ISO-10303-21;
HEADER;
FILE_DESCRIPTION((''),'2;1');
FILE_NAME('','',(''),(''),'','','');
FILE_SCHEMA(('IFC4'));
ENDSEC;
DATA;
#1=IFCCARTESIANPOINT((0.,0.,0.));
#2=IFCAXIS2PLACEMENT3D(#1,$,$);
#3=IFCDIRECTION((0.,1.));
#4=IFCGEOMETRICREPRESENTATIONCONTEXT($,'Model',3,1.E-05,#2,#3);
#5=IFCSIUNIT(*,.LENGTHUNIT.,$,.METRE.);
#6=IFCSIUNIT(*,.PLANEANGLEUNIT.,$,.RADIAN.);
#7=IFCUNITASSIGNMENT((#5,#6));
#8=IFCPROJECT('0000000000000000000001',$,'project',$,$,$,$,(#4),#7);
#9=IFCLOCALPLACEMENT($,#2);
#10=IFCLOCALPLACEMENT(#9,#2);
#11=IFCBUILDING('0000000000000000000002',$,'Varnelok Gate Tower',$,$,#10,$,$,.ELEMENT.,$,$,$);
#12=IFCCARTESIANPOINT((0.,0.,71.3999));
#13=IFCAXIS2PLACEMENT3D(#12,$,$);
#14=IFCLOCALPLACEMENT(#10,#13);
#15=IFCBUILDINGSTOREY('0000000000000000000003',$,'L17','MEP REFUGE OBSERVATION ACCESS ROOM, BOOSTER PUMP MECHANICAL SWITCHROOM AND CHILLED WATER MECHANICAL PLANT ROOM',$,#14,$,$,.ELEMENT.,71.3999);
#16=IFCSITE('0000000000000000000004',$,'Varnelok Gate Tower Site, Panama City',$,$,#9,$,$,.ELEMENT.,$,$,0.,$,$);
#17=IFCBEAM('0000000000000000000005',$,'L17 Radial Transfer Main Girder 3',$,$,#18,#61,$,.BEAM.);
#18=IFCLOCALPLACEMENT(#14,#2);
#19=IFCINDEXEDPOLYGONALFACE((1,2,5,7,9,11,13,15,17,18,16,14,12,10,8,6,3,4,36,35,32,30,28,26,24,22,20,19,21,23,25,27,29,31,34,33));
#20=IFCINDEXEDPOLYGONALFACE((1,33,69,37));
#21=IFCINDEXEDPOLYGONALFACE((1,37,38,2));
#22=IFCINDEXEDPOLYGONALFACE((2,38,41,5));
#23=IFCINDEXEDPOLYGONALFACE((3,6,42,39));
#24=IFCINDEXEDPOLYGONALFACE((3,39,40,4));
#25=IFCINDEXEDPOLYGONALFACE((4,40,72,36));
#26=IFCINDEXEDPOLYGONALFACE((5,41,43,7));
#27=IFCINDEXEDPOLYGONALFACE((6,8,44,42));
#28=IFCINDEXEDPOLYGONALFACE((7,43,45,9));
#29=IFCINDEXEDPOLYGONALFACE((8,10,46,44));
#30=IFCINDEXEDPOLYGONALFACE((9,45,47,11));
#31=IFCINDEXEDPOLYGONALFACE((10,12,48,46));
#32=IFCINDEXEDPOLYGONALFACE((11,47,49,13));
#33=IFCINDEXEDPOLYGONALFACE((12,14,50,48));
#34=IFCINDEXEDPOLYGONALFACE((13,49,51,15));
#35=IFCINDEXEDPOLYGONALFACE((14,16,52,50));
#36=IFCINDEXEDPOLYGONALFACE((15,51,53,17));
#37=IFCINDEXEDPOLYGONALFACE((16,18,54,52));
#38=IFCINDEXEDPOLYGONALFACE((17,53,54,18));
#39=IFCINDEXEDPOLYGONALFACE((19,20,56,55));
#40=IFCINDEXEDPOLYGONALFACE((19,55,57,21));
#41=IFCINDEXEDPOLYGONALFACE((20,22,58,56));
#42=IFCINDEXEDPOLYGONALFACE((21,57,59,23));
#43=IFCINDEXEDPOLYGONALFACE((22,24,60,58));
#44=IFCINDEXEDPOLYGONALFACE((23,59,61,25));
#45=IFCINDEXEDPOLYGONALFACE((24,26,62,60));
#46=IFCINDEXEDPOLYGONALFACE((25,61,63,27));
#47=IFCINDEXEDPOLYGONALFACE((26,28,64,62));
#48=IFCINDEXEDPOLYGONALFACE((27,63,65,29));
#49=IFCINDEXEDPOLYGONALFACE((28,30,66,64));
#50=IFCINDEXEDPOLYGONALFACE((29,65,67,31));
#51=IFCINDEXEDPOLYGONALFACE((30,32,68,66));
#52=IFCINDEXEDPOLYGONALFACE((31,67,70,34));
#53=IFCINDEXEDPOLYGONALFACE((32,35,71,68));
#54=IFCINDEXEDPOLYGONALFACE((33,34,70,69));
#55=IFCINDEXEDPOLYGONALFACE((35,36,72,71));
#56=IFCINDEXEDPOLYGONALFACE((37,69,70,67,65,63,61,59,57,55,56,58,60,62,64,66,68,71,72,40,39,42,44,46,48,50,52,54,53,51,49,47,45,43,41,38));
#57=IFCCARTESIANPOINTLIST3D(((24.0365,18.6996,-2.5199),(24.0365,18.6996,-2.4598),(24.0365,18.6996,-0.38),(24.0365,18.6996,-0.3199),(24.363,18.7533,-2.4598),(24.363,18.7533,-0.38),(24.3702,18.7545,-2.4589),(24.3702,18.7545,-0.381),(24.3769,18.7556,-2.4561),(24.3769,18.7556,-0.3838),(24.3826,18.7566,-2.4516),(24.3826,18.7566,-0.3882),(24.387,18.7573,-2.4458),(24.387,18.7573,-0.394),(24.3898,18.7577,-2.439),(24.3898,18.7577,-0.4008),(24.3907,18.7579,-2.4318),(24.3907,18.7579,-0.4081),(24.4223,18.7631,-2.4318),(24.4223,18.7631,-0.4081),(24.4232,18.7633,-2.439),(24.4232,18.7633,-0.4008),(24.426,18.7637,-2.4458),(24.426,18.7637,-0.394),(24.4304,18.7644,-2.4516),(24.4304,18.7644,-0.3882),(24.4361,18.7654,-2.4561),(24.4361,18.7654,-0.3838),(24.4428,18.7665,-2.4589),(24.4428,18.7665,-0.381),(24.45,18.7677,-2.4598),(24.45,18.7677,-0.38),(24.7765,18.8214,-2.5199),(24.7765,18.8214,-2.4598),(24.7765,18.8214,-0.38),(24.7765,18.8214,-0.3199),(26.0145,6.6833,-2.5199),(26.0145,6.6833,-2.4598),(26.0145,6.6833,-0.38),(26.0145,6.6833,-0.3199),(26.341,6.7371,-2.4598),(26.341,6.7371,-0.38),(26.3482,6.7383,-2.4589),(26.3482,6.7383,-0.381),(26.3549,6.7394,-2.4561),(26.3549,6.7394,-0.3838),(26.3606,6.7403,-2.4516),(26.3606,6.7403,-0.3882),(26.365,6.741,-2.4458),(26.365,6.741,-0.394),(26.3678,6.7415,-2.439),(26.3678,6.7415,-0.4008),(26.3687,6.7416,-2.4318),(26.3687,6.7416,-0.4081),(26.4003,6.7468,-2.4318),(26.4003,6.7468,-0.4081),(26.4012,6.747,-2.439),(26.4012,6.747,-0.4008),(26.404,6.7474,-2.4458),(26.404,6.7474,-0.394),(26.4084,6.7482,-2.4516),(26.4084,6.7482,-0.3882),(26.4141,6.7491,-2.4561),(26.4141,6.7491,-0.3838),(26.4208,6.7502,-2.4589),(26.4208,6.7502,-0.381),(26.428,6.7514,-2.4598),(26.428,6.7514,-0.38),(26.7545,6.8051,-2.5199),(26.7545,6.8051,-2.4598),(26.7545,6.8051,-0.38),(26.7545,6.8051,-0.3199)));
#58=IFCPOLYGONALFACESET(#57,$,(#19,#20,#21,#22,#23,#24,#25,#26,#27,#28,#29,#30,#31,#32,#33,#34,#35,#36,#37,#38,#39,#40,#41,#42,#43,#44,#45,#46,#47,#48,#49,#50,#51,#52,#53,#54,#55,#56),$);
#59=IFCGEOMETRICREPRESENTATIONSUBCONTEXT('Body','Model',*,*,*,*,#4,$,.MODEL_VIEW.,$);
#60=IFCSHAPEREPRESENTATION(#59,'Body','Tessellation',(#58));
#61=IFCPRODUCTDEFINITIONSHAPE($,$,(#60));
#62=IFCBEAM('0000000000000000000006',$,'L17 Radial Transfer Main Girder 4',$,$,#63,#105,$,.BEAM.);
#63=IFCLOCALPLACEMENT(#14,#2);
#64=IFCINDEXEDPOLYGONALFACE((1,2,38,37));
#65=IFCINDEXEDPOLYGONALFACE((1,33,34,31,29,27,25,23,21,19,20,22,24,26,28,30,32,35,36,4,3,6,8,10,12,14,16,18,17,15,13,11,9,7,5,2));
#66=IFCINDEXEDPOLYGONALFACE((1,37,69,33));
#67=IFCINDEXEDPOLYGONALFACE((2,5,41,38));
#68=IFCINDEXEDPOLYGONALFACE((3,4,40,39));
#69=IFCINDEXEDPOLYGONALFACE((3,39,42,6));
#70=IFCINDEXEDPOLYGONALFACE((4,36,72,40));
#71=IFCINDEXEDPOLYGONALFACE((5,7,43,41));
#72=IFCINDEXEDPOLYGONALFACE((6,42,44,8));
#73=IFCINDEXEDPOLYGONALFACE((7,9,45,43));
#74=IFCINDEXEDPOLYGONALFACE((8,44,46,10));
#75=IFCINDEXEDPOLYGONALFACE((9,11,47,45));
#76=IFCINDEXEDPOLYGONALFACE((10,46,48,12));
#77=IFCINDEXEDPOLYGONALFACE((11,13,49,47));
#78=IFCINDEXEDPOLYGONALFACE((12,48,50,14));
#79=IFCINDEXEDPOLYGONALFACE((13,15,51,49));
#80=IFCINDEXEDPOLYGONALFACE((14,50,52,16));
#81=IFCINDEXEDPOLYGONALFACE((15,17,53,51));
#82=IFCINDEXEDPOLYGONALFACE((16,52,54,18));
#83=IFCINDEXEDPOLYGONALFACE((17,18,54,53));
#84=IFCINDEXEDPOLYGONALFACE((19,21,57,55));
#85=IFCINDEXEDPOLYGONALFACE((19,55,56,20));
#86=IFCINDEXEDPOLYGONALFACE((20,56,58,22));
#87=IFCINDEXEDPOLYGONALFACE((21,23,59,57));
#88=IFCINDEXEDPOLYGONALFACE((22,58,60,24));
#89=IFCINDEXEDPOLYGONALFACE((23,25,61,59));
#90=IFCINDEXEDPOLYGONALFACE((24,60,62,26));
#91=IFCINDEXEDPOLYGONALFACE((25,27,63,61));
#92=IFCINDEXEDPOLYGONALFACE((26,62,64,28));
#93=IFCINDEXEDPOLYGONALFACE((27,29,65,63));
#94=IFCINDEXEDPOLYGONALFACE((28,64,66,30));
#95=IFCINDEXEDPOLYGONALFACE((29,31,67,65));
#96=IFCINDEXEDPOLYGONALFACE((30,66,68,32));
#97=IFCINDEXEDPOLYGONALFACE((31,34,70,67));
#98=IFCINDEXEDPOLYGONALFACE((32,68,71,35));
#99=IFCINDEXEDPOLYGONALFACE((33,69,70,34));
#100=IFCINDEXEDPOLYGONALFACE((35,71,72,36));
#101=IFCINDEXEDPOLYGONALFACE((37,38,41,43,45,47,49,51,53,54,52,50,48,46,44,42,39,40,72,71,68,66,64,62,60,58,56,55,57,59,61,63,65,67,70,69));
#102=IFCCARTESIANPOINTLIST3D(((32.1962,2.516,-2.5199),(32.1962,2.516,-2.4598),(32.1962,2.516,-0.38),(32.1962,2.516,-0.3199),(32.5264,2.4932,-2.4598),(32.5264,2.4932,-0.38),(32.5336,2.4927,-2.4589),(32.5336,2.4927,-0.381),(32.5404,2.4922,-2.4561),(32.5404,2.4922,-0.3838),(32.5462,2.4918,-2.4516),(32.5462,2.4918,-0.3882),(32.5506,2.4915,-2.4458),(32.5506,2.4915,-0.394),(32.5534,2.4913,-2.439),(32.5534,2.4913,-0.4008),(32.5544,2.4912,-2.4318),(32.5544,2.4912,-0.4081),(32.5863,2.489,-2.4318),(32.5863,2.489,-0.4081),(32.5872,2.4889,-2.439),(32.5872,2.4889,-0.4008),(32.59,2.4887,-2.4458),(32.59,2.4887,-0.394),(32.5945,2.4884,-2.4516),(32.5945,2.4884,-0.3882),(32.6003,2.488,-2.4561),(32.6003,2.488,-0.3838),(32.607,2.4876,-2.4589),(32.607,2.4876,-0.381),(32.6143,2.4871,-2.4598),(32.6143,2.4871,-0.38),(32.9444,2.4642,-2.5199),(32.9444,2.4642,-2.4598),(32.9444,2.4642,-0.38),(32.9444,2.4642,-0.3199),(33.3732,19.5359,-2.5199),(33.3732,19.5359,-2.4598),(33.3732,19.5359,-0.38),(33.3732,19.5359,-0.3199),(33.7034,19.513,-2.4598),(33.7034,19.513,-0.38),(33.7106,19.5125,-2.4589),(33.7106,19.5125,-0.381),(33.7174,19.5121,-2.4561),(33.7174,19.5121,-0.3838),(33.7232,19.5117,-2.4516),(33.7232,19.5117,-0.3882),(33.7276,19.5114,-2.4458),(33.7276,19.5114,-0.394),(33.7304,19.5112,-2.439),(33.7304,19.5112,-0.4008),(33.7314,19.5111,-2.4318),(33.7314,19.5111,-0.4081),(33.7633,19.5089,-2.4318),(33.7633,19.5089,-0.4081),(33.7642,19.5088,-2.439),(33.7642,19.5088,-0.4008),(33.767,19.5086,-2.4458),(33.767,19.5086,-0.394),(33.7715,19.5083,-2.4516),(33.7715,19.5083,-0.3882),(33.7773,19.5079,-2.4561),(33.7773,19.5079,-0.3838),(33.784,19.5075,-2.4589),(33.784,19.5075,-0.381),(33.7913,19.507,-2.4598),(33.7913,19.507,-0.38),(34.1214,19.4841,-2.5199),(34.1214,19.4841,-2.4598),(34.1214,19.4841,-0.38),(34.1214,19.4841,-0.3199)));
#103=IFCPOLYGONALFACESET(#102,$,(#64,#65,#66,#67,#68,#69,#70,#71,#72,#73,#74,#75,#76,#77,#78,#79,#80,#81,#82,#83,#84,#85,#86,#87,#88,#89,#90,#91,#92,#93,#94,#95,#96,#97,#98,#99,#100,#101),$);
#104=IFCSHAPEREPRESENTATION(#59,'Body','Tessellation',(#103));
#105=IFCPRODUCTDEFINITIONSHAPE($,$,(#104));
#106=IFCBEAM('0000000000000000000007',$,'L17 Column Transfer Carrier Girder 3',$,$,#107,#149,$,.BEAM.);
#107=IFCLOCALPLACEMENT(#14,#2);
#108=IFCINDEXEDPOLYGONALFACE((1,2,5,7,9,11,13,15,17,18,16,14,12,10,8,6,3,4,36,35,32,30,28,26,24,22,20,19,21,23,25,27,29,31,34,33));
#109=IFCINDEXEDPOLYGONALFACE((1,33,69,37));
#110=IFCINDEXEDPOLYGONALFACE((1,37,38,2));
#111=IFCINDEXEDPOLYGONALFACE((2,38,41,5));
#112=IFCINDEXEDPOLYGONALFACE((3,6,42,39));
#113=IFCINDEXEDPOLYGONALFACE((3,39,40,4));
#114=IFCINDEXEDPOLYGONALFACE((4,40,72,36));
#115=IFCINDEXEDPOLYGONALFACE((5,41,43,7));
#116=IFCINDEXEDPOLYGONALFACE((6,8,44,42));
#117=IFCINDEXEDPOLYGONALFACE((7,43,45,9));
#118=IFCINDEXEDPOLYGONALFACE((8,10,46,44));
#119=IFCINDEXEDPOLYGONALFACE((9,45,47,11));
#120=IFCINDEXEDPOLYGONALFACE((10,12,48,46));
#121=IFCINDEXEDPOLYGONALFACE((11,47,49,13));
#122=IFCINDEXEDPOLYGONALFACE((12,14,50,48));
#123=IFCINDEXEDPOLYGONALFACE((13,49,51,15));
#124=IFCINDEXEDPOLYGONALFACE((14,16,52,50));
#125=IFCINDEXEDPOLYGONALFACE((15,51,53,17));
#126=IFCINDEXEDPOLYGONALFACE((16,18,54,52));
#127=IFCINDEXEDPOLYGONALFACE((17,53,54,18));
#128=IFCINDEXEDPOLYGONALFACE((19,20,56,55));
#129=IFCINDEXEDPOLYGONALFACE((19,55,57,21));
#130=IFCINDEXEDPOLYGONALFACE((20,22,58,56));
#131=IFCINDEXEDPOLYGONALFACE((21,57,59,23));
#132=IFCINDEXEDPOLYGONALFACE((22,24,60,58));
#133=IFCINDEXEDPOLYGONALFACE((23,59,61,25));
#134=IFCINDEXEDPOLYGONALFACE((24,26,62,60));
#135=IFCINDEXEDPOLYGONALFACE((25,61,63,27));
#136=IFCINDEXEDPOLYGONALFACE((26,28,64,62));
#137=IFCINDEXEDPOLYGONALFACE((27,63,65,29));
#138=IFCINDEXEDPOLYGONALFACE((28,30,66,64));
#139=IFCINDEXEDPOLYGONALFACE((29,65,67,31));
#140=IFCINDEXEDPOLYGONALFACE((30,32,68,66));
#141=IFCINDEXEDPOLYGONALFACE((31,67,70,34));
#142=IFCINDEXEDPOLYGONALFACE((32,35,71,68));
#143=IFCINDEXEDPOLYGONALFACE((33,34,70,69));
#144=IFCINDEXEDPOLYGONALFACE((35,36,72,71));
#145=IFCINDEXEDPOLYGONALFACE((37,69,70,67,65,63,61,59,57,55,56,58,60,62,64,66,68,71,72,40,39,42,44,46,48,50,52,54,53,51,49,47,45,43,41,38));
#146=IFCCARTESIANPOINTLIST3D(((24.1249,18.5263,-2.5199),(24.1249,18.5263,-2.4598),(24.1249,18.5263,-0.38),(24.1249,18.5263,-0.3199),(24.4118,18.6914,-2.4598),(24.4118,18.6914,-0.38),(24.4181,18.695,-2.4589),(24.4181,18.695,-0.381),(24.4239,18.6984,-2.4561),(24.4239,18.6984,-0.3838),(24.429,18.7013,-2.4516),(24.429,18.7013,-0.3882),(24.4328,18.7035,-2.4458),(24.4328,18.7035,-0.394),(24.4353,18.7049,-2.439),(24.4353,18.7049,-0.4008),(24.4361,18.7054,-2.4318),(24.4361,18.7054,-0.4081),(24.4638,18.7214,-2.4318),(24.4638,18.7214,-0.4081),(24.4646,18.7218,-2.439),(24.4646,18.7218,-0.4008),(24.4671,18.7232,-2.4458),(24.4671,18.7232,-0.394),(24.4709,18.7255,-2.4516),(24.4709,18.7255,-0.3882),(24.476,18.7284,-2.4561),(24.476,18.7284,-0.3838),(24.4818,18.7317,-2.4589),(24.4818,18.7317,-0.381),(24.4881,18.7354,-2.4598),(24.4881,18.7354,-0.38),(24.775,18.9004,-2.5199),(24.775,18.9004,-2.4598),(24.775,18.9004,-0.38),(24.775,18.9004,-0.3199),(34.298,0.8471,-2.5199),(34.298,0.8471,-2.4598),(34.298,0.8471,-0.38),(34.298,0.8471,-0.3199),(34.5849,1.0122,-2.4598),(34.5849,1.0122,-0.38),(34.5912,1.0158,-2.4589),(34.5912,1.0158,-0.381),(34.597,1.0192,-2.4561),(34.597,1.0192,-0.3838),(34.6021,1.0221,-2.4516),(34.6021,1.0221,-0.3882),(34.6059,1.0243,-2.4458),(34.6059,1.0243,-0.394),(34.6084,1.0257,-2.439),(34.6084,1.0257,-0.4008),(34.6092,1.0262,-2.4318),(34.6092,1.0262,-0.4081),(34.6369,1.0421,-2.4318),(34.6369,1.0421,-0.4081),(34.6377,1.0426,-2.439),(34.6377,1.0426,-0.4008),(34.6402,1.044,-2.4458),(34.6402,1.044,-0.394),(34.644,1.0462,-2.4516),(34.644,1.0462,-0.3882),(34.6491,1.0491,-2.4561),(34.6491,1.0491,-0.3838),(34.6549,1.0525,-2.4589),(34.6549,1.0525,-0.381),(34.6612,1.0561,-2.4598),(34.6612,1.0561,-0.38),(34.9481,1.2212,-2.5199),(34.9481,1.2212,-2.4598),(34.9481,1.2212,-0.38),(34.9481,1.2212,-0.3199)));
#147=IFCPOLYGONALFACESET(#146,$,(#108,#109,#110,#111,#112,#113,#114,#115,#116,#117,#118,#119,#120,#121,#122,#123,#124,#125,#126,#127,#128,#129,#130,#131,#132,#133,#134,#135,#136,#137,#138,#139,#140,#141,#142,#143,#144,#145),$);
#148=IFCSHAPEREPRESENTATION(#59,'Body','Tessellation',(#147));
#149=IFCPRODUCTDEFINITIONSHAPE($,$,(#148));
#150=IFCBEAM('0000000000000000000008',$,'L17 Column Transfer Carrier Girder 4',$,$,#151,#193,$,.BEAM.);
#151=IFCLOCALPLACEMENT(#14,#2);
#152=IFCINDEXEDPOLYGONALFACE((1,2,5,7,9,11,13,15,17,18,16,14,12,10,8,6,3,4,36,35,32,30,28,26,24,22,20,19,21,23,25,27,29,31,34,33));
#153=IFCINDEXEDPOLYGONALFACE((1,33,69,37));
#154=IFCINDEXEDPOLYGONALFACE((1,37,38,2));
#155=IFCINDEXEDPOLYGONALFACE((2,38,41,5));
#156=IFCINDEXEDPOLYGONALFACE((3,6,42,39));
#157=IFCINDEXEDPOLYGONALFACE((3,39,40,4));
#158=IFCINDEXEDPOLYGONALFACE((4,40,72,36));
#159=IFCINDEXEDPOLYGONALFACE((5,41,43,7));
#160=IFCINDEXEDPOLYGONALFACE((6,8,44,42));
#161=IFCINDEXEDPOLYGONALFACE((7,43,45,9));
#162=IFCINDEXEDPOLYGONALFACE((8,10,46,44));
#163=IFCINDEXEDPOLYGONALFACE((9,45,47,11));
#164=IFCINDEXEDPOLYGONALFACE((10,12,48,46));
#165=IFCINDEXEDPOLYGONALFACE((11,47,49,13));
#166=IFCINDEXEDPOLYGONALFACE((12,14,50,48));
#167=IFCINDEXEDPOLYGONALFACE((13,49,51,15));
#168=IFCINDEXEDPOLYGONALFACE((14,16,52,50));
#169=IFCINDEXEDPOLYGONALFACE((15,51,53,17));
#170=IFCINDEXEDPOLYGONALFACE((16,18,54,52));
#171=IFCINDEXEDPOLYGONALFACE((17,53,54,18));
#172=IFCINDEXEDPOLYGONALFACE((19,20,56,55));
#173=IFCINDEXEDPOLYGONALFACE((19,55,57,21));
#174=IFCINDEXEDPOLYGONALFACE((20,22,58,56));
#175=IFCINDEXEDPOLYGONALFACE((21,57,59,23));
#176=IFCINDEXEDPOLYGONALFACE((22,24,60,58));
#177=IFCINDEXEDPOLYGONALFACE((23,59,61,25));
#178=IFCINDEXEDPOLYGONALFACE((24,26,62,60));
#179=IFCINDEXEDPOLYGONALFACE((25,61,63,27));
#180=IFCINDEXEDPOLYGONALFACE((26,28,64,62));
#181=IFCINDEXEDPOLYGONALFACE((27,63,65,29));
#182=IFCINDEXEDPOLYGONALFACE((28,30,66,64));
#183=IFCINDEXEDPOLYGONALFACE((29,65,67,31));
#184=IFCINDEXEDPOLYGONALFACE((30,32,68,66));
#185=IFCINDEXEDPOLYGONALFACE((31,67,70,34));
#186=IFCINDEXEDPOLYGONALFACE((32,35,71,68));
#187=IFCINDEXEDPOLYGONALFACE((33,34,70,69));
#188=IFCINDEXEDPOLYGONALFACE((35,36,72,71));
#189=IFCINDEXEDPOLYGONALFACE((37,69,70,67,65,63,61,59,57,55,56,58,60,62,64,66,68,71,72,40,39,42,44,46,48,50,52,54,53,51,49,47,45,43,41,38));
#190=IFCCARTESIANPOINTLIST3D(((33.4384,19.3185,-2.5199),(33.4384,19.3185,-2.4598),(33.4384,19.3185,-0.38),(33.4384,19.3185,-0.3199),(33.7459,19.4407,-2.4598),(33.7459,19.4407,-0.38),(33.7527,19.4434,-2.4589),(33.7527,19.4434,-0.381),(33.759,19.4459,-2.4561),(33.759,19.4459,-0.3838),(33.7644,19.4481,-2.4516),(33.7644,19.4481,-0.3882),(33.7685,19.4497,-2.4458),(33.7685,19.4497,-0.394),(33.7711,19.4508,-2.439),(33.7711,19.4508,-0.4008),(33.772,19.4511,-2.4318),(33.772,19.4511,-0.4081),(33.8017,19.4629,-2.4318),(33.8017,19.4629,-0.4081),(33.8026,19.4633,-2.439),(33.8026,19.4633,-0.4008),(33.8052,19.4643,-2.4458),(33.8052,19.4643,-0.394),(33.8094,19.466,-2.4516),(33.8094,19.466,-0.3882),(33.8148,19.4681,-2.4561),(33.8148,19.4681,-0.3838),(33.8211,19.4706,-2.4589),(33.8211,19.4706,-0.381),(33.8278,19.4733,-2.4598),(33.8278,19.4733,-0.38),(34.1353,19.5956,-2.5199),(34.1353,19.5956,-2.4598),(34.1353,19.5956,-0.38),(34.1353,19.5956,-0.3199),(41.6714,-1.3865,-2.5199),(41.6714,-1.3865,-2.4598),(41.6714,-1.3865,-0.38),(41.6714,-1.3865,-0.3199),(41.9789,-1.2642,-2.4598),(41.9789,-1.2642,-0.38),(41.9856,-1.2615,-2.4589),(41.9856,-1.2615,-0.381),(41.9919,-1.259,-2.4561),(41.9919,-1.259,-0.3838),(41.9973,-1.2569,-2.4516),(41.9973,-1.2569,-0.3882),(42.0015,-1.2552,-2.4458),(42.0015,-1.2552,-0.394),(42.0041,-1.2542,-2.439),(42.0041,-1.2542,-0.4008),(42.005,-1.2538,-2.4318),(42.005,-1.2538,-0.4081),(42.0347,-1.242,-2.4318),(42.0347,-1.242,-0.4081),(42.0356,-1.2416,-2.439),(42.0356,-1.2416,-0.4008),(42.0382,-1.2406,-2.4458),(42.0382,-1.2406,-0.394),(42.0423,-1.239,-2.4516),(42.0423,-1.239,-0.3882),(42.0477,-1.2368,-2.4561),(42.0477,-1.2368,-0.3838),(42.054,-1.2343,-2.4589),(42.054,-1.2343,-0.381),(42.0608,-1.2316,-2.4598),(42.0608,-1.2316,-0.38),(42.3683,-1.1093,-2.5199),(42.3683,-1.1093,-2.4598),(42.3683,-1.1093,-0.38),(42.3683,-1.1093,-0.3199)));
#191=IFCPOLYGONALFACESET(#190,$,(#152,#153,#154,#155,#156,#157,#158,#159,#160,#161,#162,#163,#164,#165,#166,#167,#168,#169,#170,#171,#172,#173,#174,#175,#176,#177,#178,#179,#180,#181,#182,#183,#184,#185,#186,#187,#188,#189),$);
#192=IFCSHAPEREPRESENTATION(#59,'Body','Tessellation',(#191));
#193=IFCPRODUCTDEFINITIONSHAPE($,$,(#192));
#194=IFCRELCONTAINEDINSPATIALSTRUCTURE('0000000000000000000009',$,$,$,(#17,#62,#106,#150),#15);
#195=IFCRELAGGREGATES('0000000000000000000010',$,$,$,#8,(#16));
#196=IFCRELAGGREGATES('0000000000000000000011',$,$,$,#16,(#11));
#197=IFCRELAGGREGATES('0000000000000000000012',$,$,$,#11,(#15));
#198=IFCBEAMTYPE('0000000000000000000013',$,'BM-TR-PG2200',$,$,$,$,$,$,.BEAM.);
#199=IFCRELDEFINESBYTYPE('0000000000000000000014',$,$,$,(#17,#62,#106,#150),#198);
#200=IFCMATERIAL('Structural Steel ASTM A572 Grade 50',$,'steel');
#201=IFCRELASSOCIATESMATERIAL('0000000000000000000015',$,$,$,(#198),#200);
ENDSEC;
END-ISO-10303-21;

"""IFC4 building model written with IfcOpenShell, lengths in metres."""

from ifc_helpers import new_model, si_unit, direction, frame, origin, origin_2d, place, context, subcontext, project, spatial, i_section, extrude, material, material_profile, profile_set, type_object, element, save


model = new_model("IFC4")

# Units and contexts
model_context = context("Model", 3, precision=1e-05, world=origin(), true_north=direction((0.0, 1.0)))
body_context = subcontext(model_context, "Body", "Model", "MODEL_VIEW")
ifc_project = project(units=[si_unit("LENGTHUNIT", "METRE"), si_unit("PLANEANGLEUNIT", "RADIAN")], contexts=[model_context])

# Site, building, storey
site_placement = place(None, origin())
site = spatial("IfcSite", under=ifc_project, at=site_placement, Name="Varnelok Gate Tower Site, Panama City", CompositionType="ELEMENT", RefElevation=0.0)
building_placement = place(site_placement, origin())
building = spatial("IfcBuilding", under=site, at=building_placement, Name="Varnelok Gate Tower", CompositionType="ELEMENT")
storey_placement = place(building_placement, frame((0.0, 0.0, 71.3999)))
storey = spatial("IfcBuildingStorey", under=building, at=storey_placement, Name="L17", Description="MEP REFUGE OBSERVATION ACCESS ROOM, BOOSTER PUMP MECHANICAL SWITCHROOM AND CHILLED WATER MECHANICAL PLANT ROOM", CompositionType="ELEMENT", Elevation=71.3999)

# Beams
ifc_material_1 = material(Name="Structural Steel ASTM A572 Grade 50", Category="steel")
ifc_material_profile_1 = material_profile(ifc_material_1, i_section(OverallWidth=0.75, OverallDepth=2.2, WebThickness=0.032, FlangeThickness=0.0601, FilletRadius=0.0281, at=origin_2d()), Name="PG2200X750")
ifc_profile_set_1 = profile_set([ifc_material_profile_1], Name="Structural Steel ASTM A572 Grade 50")
beam_type_1 = type_object("IfcBeamType", Name="BM-TR-PG2200", PredefinedType="BEAM", material=ifc_profile_set_1)
beam_1_placement = place(storey_placement, frame((24.4065, 18.7605, -1.4199), z_axis=(0.162425, -0.986721, 0.0), x_axis=(0.986721, 0.162425, 0.0)))
element("IfcBeam", 1, at=beam_1_placement, inside=storey, type_object=beam_type_1, Name="L17 Radial Transfer Main Girder 3", PredefinedType="BEAM", context=body_context, shape_type="SweptSolid", body=[
    extrude(i_section(OverallWidth=0.75, OverallDepth=2.2, WebThickness=0.032, FlangeThickness=0.0601, FilletRadius=0.0281, at=origin_2d()), origin(), (0.0, 0.0, 1.0), 12.178),
])
beam_2_placement = place(storey_placement, frame((33.7473, 19.51, -1.4199), z_axis=(-0.068989, -0.997617, 0.0), x_axis=(0.997617, -0.068989, 0.0)))
element("IfcBeam", 2, at=beam_2_placement, inside=storey, type_object=beam_type_1, Name="L17 Radial Transfer Main Girder 4", PredefinedType="BEAM", context=body_context, shape_type="SweptSolid", body=[
    extrude(i_section(OverallWidth=0.75, OverallDepth=2.2, WebThickness=0.032, FlangeThickness=0.0601, FilletRadius=0.0281, at=origin_2d()), origin(), (0.0, 0.0, 1.0), 17.0605),
])
beam_3_placement = place(storey_placement, frame((24.45, 18.7134, -1.4199), z_axis=(0.49875, -0.866746, 0.0), x_axis=(0.866746, 0.49875, 0.0)))
element("IfcBeam", 3, at=beam_3_placement, inside=storey, type_object=beam_type_1, Name="L17 Column Transfer Carrier Girder 3", PredefinedType="BEAM", context=body_context, shape_type="SweptSolid", body=[
    extrude(i_section(OverallWidth=0.75, OverallDepth=2.2, WebThickness=0.032, FlangeThickness=0.0601, FilletRadius=0.0281, at=origin_2d()), origin(), (0.0, 0.0, 1.0), 20.3972),
])
beam_4_placement = place(storey_placement, frame((33.7869, 19.457, -1.4199), z_axis=(0.369493, -0.929233, 0.0), x_axis=(0.929233, 0.369493, 0.0)))
element("IfcBeam", 4, at=beam_4_placement, inside=storey, type_object=beam_type_1, Name="L17 Column Transfer Carrier Girder 4", PredefinedType="BEAM", context=body_context, shape_type="SweptSolid", body=[
    extrude(i_section(OverallWidth=0.75, OverallDepth=2.2, WebThickness=0.032, FlangeThickness=0.0601, FilletRadius=0.0281, at=origin_2d()), origin(), (0.0, 0.0, 1.0), 22.2817),
])

save(model, "model.ifc")
